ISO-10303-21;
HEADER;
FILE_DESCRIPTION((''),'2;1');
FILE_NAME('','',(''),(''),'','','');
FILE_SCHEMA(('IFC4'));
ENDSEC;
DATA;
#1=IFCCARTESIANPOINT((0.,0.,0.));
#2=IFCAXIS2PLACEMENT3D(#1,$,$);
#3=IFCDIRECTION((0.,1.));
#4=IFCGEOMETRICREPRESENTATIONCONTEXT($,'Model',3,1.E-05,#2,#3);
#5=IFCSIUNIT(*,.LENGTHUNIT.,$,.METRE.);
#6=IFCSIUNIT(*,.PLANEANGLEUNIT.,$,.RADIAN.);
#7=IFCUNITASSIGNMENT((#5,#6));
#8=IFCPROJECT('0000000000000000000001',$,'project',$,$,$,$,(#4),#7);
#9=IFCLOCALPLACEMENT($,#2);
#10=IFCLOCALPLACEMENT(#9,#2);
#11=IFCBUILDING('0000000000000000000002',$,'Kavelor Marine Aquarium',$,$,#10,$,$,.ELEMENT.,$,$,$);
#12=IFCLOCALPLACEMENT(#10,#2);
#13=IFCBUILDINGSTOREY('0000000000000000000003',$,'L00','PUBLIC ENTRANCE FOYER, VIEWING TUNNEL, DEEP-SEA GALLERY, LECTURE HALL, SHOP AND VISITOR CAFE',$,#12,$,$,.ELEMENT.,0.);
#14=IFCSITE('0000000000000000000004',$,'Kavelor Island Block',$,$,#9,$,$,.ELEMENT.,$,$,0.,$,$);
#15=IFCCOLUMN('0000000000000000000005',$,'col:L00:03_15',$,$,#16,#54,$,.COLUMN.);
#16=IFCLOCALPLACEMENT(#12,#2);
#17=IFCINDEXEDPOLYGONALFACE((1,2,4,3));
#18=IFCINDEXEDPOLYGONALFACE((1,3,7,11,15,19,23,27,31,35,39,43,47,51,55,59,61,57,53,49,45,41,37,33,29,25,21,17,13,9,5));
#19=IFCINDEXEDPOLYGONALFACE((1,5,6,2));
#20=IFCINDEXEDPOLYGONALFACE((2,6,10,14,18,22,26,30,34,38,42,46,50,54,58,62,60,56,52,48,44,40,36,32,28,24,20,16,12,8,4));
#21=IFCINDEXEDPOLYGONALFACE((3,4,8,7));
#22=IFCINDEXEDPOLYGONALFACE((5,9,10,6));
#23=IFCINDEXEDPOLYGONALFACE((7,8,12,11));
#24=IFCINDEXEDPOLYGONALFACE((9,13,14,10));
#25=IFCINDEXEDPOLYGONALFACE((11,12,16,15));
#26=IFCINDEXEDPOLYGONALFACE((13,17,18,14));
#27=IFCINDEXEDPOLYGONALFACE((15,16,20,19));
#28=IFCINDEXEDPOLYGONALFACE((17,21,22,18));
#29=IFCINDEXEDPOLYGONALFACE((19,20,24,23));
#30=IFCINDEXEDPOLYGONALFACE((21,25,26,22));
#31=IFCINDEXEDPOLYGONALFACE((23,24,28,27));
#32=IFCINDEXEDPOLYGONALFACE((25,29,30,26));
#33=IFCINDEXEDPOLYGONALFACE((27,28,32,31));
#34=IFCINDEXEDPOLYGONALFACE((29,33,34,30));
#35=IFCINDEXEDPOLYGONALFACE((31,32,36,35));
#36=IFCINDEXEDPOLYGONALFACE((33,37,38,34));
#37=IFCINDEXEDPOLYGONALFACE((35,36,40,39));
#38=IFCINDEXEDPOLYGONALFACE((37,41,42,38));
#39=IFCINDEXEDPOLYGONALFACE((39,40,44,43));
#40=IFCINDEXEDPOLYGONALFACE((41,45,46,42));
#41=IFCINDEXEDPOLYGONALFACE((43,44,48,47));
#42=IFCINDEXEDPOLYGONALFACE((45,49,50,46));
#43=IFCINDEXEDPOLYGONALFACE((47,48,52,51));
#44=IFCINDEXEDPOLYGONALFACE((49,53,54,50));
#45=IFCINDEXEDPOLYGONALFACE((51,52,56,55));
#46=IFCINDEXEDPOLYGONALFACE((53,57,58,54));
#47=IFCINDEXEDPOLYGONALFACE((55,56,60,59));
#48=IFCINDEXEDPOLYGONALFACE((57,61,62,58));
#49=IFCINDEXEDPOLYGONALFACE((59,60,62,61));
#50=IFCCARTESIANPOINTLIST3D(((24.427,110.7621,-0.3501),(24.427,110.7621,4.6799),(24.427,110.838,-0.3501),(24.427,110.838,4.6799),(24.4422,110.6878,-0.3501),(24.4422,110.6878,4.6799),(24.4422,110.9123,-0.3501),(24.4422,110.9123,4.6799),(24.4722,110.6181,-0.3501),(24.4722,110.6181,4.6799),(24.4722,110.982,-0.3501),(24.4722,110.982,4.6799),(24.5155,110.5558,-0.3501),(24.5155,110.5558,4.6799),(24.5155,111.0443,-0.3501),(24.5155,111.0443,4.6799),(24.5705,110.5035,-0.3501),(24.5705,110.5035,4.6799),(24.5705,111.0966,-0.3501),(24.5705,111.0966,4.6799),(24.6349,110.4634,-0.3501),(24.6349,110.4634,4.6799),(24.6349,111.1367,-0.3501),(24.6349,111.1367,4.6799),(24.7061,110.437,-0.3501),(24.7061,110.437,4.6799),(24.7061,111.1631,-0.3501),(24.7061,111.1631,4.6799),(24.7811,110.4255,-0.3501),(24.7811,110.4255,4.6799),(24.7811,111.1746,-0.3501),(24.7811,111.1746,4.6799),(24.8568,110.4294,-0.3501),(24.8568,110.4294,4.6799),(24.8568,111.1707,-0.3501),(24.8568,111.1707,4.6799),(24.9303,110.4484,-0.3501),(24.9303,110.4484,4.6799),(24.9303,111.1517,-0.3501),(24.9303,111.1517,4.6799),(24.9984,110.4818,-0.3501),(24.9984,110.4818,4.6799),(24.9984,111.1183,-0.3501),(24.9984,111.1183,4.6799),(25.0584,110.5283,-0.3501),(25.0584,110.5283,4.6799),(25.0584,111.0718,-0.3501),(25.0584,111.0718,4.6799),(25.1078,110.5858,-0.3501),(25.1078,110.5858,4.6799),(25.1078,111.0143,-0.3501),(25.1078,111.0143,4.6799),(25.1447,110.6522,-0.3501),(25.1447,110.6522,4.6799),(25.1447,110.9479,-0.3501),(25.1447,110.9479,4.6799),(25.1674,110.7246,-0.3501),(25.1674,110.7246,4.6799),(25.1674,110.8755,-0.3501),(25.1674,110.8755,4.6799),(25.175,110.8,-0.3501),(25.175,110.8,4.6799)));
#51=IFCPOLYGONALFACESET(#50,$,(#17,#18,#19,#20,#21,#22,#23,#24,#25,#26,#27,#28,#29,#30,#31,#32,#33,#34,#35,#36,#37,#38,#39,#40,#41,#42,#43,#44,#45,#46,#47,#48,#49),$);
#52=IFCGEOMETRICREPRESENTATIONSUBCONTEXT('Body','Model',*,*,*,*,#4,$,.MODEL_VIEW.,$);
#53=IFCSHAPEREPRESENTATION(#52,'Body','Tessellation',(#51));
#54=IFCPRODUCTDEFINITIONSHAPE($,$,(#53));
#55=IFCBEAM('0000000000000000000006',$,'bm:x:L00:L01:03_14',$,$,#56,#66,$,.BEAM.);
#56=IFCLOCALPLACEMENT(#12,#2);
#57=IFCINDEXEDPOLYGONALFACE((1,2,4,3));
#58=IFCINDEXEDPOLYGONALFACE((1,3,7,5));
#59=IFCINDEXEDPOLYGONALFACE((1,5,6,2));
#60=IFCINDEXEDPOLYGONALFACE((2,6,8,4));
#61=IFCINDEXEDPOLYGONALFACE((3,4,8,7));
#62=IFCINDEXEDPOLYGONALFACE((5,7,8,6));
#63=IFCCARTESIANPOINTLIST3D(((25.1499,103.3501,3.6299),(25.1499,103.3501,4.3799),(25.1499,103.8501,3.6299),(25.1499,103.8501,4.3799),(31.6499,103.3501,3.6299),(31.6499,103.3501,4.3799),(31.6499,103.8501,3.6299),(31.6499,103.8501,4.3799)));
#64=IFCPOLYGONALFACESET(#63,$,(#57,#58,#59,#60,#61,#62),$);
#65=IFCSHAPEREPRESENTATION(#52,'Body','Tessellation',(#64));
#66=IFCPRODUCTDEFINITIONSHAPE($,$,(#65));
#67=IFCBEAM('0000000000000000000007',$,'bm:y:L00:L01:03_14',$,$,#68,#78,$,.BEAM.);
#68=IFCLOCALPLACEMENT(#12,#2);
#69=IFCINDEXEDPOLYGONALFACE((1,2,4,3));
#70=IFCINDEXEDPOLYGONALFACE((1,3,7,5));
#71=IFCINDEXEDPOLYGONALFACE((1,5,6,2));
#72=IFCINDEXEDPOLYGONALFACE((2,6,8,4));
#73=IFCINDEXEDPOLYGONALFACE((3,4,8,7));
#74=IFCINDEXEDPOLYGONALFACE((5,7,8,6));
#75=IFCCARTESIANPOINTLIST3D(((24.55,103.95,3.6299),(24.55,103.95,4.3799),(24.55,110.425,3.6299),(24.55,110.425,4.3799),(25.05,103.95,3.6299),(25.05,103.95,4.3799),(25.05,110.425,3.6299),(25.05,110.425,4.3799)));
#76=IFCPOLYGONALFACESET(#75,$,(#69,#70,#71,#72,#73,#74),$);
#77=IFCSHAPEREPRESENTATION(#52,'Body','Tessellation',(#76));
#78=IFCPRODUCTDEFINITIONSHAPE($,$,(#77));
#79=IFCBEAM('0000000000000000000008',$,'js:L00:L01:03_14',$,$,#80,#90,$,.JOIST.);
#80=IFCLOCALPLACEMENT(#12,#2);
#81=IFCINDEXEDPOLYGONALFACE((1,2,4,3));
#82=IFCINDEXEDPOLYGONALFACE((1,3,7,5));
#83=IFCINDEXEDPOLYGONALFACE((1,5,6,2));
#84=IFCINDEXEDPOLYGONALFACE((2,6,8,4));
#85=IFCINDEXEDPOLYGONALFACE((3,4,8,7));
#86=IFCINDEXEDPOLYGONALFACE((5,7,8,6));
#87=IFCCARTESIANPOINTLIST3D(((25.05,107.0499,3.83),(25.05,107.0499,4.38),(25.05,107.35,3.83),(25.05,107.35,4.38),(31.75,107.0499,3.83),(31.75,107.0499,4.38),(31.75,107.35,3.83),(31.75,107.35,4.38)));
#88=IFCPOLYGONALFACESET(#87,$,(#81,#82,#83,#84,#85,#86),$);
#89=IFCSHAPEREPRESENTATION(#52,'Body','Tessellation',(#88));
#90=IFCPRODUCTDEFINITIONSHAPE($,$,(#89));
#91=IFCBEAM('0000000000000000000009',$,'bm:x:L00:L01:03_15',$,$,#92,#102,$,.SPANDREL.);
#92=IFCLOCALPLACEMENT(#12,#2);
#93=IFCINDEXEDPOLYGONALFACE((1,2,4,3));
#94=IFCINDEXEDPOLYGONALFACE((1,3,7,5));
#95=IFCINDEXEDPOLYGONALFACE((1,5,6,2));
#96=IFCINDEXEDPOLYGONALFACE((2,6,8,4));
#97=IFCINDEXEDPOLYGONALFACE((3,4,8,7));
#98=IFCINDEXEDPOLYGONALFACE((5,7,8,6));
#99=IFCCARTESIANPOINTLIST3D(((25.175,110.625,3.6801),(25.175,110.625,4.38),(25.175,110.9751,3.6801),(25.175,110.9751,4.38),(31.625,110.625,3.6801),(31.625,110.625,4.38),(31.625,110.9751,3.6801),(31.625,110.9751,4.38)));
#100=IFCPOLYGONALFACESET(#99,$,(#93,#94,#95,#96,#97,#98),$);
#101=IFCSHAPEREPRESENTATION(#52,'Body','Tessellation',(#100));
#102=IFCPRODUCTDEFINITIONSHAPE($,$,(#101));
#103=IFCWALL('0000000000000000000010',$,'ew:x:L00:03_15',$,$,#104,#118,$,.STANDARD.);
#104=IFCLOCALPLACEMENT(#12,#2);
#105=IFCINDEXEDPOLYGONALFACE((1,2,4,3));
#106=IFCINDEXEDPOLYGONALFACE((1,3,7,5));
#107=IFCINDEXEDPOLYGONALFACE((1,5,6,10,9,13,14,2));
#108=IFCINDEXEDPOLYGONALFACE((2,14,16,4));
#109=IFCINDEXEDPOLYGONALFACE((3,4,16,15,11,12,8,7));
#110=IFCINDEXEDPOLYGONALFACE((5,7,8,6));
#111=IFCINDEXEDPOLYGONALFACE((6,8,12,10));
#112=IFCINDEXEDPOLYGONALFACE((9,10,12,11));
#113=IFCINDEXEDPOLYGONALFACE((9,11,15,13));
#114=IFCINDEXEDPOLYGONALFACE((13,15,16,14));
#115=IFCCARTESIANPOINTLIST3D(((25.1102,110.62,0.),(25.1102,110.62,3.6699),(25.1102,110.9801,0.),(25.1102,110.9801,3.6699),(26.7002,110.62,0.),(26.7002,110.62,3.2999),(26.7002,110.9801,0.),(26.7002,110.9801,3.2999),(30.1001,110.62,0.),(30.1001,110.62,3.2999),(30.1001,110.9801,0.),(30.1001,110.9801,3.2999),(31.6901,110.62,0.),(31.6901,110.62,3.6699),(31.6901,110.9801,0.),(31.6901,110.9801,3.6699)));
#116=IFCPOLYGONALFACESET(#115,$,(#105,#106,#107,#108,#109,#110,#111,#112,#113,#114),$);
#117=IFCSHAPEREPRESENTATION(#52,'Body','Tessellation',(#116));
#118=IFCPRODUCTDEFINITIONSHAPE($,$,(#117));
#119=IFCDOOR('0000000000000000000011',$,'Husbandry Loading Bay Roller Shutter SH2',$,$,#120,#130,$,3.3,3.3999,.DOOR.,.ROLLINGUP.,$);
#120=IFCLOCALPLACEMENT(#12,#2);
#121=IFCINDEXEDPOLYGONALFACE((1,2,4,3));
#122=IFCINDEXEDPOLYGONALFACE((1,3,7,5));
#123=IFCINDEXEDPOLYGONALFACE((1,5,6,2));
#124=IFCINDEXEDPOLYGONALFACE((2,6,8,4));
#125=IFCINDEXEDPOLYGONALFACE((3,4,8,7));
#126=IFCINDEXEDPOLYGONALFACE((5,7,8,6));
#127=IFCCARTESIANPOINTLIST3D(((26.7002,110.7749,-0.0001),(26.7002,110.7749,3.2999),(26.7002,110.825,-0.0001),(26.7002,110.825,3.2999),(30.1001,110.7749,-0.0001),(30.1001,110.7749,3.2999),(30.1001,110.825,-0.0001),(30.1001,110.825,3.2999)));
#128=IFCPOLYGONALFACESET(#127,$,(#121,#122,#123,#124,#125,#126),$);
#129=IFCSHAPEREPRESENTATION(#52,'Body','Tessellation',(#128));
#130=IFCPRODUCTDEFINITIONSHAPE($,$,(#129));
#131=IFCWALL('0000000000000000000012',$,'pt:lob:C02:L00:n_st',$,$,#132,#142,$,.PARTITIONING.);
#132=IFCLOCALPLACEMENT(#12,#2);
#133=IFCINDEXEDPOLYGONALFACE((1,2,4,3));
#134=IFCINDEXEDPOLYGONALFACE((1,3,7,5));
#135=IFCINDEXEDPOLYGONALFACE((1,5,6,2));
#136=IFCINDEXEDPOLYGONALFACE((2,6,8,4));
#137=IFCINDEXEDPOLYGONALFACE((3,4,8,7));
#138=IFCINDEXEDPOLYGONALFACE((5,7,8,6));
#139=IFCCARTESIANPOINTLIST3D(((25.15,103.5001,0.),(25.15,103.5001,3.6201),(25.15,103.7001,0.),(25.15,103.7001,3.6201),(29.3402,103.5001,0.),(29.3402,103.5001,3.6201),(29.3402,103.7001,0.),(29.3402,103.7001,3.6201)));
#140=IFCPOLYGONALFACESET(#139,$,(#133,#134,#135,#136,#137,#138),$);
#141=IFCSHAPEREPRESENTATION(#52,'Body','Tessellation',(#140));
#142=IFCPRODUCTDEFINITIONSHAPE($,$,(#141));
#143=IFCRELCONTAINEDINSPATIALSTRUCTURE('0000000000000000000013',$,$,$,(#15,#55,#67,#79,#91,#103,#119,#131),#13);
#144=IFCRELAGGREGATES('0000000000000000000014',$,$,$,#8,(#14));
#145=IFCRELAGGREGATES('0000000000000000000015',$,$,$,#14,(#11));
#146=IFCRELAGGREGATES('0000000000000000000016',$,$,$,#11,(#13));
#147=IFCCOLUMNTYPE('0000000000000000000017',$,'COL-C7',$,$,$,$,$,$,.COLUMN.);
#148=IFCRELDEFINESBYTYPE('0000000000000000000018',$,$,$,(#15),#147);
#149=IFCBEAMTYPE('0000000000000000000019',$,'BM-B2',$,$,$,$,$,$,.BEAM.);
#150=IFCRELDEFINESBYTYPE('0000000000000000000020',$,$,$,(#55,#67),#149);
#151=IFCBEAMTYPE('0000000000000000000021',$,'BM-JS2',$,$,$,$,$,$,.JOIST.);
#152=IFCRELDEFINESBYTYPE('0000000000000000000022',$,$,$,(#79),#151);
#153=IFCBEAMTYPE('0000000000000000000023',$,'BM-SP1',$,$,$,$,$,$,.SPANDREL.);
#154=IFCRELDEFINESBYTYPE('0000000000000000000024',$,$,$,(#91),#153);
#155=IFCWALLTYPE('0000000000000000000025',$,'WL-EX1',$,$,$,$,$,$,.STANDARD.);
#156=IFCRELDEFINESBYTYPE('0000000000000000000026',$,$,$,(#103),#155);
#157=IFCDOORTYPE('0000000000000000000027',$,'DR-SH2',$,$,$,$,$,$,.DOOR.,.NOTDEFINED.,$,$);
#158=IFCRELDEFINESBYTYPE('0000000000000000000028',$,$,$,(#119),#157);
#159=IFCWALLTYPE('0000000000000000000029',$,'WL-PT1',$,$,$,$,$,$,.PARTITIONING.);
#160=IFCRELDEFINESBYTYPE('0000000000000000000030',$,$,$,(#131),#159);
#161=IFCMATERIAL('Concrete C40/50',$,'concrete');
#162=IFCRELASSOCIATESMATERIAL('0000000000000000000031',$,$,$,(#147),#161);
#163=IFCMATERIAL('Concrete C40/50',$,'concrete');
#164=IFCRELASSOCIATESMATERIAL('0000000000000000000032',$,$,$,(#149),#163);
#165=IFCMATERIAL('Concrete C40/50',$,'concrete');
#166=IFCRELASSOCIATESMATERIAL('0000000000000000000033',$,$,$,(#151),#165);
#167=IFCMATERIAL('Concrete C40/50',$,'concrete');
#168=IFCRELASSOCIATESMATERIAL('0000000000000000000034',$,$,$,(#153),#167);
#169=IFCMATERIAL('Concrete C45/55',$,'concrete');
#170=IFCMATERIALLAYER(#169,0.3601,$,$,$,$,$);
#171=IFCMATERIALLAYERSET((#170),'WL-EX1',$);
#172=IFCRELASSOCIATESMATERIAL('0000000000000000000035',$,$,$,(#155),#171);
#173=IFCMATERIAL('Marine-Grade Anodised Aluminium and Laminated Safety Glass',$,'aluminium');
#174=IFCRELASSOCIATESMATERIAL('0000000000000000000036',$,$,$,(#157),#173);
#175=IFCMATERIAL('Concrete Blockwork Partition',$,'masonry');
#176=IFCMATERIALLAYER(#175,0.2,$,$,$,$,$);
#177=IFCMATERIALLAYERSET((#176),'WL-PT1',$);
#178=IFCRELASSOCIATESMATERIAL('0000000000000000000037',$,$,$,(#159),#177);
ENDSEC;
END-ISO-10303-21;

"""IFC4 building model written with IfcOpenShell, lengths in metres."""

from ifc_helpers import new_model, si_unit, direction, frame, frame_2d, origin, origin_2d, place, context, subcontext, project, spatial, rectangle, circle, extrude, material, layer, layer_set, material_profile, profile_set, type_object, element, fill, save


model = new_model("IFC4")

# Units and contexts
model_context = context("Model", 3, precision=1e-05, world=origin(), true_north=direction((0.0, 1.0)))
body_context = subcontext(model_context, "Body", "Model", "MODEL_VIEW")
ifc_project = project(units=[si_unit("LENGTHUNIT", "METRE"), si_unit("PLANEANGLEUNIT", "RADIAN")], contexts=[model_context])

# Site, building, storey
site_placement = place(None, origin())
site = spatial("IfcSite", under=ifc_project, at=site_placement, Name="Kavelor Island Block", CompositionType="ELEMENT", RefElevation=0.0)
building_placement = place(site_placement, origin())
building = spatial("IfcBuilding", under=site, at=building_placement, Name="Kavelor Marine Aquarium", CompositionType="ELEMENT")
storey_placement = place(building_placement, origin())
storey = spatial("IfcBuildingStorey", under=building, at=storey_placement, Name="L00", Description="PUBLIC ENTRANCE FOYER, VIEWING TUNNEL, DEEP-SEA GALLERY, LECTURE HALL, SHOP AND VISITOR CAFE", CompositionType="ELEMENT", Elevation=0.0)

# Column
ifc_material_1 = material(Name="Concrete C40/50", Category="concrete")
ifc_material_profile_1 = material_profile(ifc_material_1, circle(Radius=0.375, at=origin_2d()), Name="RC-COL D750")
ifc_profile_set_1 = profile_set([ifc_material_profile_1], Name="Concrete C40/50")
column_type_1 = type_object("IfcColumnType", Name="COL-C7", PredefinedType="COLUMN", material=ifc_profile_set_1)
column_1_placement = place(storey_placement, frame((24.8, 110.8, -0.3501), z_axis=(0.0, 0.0, 1.0), x_axis=(1.0, 0.0, 0.0)))
element("IfcColumn", 1, at=column_1_placement, inside=storey, type_object=column_type_1, Name="col:L00:03_15", PredefinedType="COLUMN", context=body_context, shape_type="SweptSolid", body=[
    extrude(circle(Radius=0.375, at=origin_2d()), origin(), (0.0, 0.0, 1.0), 5.03),
])

# Beams
ifc_material_2 = material(Name="Concrete C40/50", Category="concrete")
ifc_material_profile_2 = material_profile(ifc_material_2, rectangle(XDim=0.5, YDim=0.75, at=origin_2d()), Name="RC-BM 500x750")
ifc_profile_set_2 = profile_set([ifc_material_profile_2], Name="Concrete C40/50")
beam_type_1 = type_object("IfcBeamType", Name="BM-B2", PredefinedType="BEAM", material=ifc_profile_set_2)
beam_1_placement = place(storey_placement, frame((25.1499, 103.6001, 4.0049), z_axis=(1.0, 0.0, 0.0), x_axis=(0.0, 1.0, 0.0)))
element("IfcBeam", 2, at=beam_1_placement, inside=storey, type_object=beam_type_1, Name="bm:x:L00:L01:03_14", PredefinedType="BEAM", context=body_context, shape_type="SweptSolid", body=[
    extrude(rectangle(XDim=0.5, YDim=0.75, at=origin_2d()), origin(), (0.0, 0.0, 1.0), 6.5),
])
beam_2_placement = place(storey_placement, frame((24.8, 103.95, 4.0049), z_axis=(0.0, 1.0, 0.0), x_axis=(-1.0, 0.0, 0.0)))
element("IfcBeam", 3, at=beam_2_placement, inside=storey, type_object=beam_type_1, Name="bm:y:L00:L01:03_14", PredefinedType="BEAM", context=body_context, shape_type="SweptSolid", body=[
    extrude(rectangle(XDim=0.5, YDim=0.75, at=origin_2d()), origin(), (0.0, 0.0, 1.0), 6.4751),
])
ifc_material_3 = material(Name="Concrete C40/50", Category="concrete")
ifc_material_profile_3 = material_profile(ifc_material_3, rectangle(XDim=0.3, YDim=0.55, at=origin_2d()), Name="RC-JS 300x550")
ifc_profile_set_3 = profile_set([ifc_material_profile_3], Name="Concrete C40/50")
beam_type_2 = type_object("IfcBeamType", Name="BM-JS2", PredefinedType="JOIST", material=ifc_profile_set_3)
beam_3_placement = place(storey_placement, frame((25.05, 107.2, 4.105), z_axis=(1.0, 0.0, 0.0), x_axis=(0.0, 1.0, 0.0)))
element("IfcBeam", 4, at=beam_3_placement, inside=storey, type_object=beam_type_2, Name="js:L00:L01:03_14", PredefinedType="JOIST", context=body_context, shape_type="SweptSolid", body=[
    extrude(rectangle(XDim=0.3, YDim=0.55, at=origin_2d()), origin(), (0.0, 0.0, 1.0), 6.7),
])
ifc_material_4 = material(Name="Concrete C40/50", Category="concrete")
ifc_material_profile_4 = material_profile(ifc_material_4, rectangle(XDim=0.3501, YDim=0.7, at=origin_2d()), Name="RC-SP 350x700")
ifc_profile_set_4 = profile_set([ifc_material_profile_4], Name="Concrete C40/50")
beam_type_3 = type_object("IfcBeamType", Name="BM-SP1", PredefinedType="SPANDREL", material=ifc_profile_set_4)
beam_4_placement = place(storey_placement, frame((25.175, 110.8, 4.03), z_axis=(1.0, 0.0, 0.0), x_axis=(0.0, 1.0, 0.0)))
element("IfcBeam", 5, at=beam_4_placement, inside=storey, type_object=beam_type_3, Name="bm:x:L00:L01:03_15", PredefinedType="SPANDREL", context=body_context, shape_type="SweptSolid", body=[
    extrude(rectangle(XDim=0.3501, YDim=0.7, at=origin_2d()), origin(), (0.0, 0.0, 1.0), 6.45),
])

# Wall, opening, door
ifc_material_5 = material(Name="Concrete C45/55", Category="concrete")
ifc_layer_1 = layer(ifc_material_5, 0.3601)
ifc_layer_set_1 = layer_set([ifc_layer_1], Name="WL-EX1")
wall_type_1 = type_object("IfcWallType", Name="WL-EX1", PredefinedType="STANDARD", material=ifc_layer_set_1)
wall_1_placement = place(storey_placement, frame((25.1101, 110.8, 0.0), z_axis=(0.0, 0.0, 1.0), x_axis=(1.0, 0.0, 0.0)))
wall_1 = element("IfcWall", 6, at=wall_1_placement, inside=storey, type_object=wall_type_1, Name="ew:x:L00:03_15", PredefinedType="STANDARD", context=body_context, shape_type="SweptSolid", body=[
    extrude(rectangle(XDim=6.5798, YDim=0.3601, at=frame_2d((3.29, 0.0))), origin(), (0.0, 0.0, 1.0), 3.6699),
])
opening_placement = place(wall_1_placement, frame((1.5901, 0.0, 0.0)))
opening = element("IfcOpeningElement", 7, at=opening_placement, cuts=wall_1, PredefinedType="OPENING", context=body_context, shape_type="SweptSolid", body=[
    extrude(rectangle(XDim=3.3999, YDim=3.3, at=frame_2d((1.7, 1.6499))), frame((0.0, 0.1899, 0.0), z_axis=(0.0, -1.0, 0.0), x_axis=(1.0, 0.0, 0.0)), (0.0, 0.0, 1.0), 0.3801),
])
ifc_material_6 = material(Name="Marine-Grade Anodised Aluminium and Laminated Safety Glass", Category="aluminium")
door_type = type_object("IfcDoorType", Name="DR-SH2", OperationType="NOTDEFINED", PredefinedType="DOOR", material=ifc_material_6)
door_placement = place(opening_placement, origin())
door = element("IfcDoor", 8, at=door_placement, inside=storey, type_object=door_type, Name="Husbandry Loading Bay Roller Shutter SH2", OperationType="ROLLINGUP", OverallHeight=3.3, OverallWidth=3.3999, PredefinedType="DOOR", context=body_context, shape_type="SweptSolid", body=[
    extrude(rectangle(XDim=3.3999, YDim=3.3, at=frame_2d((1.7, 1.6499))), frame((0.0, 0.0249, 0.0), z_axis=(0.0, -1.0, 0.0), x_axis=(1.0, 0.0, 0.0)), (0.0, 0.0, 1.0), 0.05),
])
fill(opening, door)

# Wall
ifc_material_7 = material(Name="Concrete Blockwork Partition", Category="masonry")
ifc_layer_2 = layer(ifc_material_7, 0.2)
ifc_layer_set_2 = layer_set([ifc_layer_2], Name="WL-PT1")
wall_type_2 = type_object("IfcWallType", Name="WL-PT1", PredefinedType="PARTITIONING", material=ifc_layer_set_2)
wall_2_placement = place(storey_placement, frame((25.1499, 103.6001, 0.0), z_axis=(0.0, 0.0, 1.0), x_axis=(1.0, 0.0, 0.0)))
element("IfcWall", 9, at=wall_2_placement, inside=storey, type_object=wall_type_2, Name="pt:lob:C02:L00:n_st", PredefinedType="PARTITIONING", context=body_context, shape_type="SweptSolid", body=[
    extrude(rectangle(XDim=4.1902, YDim=0.2, at=frame_2d((2.0952, 0.0))), origin(), (0.0, 0.0, 1.0), 3.6201),
])

save(model, "model.ifc")
